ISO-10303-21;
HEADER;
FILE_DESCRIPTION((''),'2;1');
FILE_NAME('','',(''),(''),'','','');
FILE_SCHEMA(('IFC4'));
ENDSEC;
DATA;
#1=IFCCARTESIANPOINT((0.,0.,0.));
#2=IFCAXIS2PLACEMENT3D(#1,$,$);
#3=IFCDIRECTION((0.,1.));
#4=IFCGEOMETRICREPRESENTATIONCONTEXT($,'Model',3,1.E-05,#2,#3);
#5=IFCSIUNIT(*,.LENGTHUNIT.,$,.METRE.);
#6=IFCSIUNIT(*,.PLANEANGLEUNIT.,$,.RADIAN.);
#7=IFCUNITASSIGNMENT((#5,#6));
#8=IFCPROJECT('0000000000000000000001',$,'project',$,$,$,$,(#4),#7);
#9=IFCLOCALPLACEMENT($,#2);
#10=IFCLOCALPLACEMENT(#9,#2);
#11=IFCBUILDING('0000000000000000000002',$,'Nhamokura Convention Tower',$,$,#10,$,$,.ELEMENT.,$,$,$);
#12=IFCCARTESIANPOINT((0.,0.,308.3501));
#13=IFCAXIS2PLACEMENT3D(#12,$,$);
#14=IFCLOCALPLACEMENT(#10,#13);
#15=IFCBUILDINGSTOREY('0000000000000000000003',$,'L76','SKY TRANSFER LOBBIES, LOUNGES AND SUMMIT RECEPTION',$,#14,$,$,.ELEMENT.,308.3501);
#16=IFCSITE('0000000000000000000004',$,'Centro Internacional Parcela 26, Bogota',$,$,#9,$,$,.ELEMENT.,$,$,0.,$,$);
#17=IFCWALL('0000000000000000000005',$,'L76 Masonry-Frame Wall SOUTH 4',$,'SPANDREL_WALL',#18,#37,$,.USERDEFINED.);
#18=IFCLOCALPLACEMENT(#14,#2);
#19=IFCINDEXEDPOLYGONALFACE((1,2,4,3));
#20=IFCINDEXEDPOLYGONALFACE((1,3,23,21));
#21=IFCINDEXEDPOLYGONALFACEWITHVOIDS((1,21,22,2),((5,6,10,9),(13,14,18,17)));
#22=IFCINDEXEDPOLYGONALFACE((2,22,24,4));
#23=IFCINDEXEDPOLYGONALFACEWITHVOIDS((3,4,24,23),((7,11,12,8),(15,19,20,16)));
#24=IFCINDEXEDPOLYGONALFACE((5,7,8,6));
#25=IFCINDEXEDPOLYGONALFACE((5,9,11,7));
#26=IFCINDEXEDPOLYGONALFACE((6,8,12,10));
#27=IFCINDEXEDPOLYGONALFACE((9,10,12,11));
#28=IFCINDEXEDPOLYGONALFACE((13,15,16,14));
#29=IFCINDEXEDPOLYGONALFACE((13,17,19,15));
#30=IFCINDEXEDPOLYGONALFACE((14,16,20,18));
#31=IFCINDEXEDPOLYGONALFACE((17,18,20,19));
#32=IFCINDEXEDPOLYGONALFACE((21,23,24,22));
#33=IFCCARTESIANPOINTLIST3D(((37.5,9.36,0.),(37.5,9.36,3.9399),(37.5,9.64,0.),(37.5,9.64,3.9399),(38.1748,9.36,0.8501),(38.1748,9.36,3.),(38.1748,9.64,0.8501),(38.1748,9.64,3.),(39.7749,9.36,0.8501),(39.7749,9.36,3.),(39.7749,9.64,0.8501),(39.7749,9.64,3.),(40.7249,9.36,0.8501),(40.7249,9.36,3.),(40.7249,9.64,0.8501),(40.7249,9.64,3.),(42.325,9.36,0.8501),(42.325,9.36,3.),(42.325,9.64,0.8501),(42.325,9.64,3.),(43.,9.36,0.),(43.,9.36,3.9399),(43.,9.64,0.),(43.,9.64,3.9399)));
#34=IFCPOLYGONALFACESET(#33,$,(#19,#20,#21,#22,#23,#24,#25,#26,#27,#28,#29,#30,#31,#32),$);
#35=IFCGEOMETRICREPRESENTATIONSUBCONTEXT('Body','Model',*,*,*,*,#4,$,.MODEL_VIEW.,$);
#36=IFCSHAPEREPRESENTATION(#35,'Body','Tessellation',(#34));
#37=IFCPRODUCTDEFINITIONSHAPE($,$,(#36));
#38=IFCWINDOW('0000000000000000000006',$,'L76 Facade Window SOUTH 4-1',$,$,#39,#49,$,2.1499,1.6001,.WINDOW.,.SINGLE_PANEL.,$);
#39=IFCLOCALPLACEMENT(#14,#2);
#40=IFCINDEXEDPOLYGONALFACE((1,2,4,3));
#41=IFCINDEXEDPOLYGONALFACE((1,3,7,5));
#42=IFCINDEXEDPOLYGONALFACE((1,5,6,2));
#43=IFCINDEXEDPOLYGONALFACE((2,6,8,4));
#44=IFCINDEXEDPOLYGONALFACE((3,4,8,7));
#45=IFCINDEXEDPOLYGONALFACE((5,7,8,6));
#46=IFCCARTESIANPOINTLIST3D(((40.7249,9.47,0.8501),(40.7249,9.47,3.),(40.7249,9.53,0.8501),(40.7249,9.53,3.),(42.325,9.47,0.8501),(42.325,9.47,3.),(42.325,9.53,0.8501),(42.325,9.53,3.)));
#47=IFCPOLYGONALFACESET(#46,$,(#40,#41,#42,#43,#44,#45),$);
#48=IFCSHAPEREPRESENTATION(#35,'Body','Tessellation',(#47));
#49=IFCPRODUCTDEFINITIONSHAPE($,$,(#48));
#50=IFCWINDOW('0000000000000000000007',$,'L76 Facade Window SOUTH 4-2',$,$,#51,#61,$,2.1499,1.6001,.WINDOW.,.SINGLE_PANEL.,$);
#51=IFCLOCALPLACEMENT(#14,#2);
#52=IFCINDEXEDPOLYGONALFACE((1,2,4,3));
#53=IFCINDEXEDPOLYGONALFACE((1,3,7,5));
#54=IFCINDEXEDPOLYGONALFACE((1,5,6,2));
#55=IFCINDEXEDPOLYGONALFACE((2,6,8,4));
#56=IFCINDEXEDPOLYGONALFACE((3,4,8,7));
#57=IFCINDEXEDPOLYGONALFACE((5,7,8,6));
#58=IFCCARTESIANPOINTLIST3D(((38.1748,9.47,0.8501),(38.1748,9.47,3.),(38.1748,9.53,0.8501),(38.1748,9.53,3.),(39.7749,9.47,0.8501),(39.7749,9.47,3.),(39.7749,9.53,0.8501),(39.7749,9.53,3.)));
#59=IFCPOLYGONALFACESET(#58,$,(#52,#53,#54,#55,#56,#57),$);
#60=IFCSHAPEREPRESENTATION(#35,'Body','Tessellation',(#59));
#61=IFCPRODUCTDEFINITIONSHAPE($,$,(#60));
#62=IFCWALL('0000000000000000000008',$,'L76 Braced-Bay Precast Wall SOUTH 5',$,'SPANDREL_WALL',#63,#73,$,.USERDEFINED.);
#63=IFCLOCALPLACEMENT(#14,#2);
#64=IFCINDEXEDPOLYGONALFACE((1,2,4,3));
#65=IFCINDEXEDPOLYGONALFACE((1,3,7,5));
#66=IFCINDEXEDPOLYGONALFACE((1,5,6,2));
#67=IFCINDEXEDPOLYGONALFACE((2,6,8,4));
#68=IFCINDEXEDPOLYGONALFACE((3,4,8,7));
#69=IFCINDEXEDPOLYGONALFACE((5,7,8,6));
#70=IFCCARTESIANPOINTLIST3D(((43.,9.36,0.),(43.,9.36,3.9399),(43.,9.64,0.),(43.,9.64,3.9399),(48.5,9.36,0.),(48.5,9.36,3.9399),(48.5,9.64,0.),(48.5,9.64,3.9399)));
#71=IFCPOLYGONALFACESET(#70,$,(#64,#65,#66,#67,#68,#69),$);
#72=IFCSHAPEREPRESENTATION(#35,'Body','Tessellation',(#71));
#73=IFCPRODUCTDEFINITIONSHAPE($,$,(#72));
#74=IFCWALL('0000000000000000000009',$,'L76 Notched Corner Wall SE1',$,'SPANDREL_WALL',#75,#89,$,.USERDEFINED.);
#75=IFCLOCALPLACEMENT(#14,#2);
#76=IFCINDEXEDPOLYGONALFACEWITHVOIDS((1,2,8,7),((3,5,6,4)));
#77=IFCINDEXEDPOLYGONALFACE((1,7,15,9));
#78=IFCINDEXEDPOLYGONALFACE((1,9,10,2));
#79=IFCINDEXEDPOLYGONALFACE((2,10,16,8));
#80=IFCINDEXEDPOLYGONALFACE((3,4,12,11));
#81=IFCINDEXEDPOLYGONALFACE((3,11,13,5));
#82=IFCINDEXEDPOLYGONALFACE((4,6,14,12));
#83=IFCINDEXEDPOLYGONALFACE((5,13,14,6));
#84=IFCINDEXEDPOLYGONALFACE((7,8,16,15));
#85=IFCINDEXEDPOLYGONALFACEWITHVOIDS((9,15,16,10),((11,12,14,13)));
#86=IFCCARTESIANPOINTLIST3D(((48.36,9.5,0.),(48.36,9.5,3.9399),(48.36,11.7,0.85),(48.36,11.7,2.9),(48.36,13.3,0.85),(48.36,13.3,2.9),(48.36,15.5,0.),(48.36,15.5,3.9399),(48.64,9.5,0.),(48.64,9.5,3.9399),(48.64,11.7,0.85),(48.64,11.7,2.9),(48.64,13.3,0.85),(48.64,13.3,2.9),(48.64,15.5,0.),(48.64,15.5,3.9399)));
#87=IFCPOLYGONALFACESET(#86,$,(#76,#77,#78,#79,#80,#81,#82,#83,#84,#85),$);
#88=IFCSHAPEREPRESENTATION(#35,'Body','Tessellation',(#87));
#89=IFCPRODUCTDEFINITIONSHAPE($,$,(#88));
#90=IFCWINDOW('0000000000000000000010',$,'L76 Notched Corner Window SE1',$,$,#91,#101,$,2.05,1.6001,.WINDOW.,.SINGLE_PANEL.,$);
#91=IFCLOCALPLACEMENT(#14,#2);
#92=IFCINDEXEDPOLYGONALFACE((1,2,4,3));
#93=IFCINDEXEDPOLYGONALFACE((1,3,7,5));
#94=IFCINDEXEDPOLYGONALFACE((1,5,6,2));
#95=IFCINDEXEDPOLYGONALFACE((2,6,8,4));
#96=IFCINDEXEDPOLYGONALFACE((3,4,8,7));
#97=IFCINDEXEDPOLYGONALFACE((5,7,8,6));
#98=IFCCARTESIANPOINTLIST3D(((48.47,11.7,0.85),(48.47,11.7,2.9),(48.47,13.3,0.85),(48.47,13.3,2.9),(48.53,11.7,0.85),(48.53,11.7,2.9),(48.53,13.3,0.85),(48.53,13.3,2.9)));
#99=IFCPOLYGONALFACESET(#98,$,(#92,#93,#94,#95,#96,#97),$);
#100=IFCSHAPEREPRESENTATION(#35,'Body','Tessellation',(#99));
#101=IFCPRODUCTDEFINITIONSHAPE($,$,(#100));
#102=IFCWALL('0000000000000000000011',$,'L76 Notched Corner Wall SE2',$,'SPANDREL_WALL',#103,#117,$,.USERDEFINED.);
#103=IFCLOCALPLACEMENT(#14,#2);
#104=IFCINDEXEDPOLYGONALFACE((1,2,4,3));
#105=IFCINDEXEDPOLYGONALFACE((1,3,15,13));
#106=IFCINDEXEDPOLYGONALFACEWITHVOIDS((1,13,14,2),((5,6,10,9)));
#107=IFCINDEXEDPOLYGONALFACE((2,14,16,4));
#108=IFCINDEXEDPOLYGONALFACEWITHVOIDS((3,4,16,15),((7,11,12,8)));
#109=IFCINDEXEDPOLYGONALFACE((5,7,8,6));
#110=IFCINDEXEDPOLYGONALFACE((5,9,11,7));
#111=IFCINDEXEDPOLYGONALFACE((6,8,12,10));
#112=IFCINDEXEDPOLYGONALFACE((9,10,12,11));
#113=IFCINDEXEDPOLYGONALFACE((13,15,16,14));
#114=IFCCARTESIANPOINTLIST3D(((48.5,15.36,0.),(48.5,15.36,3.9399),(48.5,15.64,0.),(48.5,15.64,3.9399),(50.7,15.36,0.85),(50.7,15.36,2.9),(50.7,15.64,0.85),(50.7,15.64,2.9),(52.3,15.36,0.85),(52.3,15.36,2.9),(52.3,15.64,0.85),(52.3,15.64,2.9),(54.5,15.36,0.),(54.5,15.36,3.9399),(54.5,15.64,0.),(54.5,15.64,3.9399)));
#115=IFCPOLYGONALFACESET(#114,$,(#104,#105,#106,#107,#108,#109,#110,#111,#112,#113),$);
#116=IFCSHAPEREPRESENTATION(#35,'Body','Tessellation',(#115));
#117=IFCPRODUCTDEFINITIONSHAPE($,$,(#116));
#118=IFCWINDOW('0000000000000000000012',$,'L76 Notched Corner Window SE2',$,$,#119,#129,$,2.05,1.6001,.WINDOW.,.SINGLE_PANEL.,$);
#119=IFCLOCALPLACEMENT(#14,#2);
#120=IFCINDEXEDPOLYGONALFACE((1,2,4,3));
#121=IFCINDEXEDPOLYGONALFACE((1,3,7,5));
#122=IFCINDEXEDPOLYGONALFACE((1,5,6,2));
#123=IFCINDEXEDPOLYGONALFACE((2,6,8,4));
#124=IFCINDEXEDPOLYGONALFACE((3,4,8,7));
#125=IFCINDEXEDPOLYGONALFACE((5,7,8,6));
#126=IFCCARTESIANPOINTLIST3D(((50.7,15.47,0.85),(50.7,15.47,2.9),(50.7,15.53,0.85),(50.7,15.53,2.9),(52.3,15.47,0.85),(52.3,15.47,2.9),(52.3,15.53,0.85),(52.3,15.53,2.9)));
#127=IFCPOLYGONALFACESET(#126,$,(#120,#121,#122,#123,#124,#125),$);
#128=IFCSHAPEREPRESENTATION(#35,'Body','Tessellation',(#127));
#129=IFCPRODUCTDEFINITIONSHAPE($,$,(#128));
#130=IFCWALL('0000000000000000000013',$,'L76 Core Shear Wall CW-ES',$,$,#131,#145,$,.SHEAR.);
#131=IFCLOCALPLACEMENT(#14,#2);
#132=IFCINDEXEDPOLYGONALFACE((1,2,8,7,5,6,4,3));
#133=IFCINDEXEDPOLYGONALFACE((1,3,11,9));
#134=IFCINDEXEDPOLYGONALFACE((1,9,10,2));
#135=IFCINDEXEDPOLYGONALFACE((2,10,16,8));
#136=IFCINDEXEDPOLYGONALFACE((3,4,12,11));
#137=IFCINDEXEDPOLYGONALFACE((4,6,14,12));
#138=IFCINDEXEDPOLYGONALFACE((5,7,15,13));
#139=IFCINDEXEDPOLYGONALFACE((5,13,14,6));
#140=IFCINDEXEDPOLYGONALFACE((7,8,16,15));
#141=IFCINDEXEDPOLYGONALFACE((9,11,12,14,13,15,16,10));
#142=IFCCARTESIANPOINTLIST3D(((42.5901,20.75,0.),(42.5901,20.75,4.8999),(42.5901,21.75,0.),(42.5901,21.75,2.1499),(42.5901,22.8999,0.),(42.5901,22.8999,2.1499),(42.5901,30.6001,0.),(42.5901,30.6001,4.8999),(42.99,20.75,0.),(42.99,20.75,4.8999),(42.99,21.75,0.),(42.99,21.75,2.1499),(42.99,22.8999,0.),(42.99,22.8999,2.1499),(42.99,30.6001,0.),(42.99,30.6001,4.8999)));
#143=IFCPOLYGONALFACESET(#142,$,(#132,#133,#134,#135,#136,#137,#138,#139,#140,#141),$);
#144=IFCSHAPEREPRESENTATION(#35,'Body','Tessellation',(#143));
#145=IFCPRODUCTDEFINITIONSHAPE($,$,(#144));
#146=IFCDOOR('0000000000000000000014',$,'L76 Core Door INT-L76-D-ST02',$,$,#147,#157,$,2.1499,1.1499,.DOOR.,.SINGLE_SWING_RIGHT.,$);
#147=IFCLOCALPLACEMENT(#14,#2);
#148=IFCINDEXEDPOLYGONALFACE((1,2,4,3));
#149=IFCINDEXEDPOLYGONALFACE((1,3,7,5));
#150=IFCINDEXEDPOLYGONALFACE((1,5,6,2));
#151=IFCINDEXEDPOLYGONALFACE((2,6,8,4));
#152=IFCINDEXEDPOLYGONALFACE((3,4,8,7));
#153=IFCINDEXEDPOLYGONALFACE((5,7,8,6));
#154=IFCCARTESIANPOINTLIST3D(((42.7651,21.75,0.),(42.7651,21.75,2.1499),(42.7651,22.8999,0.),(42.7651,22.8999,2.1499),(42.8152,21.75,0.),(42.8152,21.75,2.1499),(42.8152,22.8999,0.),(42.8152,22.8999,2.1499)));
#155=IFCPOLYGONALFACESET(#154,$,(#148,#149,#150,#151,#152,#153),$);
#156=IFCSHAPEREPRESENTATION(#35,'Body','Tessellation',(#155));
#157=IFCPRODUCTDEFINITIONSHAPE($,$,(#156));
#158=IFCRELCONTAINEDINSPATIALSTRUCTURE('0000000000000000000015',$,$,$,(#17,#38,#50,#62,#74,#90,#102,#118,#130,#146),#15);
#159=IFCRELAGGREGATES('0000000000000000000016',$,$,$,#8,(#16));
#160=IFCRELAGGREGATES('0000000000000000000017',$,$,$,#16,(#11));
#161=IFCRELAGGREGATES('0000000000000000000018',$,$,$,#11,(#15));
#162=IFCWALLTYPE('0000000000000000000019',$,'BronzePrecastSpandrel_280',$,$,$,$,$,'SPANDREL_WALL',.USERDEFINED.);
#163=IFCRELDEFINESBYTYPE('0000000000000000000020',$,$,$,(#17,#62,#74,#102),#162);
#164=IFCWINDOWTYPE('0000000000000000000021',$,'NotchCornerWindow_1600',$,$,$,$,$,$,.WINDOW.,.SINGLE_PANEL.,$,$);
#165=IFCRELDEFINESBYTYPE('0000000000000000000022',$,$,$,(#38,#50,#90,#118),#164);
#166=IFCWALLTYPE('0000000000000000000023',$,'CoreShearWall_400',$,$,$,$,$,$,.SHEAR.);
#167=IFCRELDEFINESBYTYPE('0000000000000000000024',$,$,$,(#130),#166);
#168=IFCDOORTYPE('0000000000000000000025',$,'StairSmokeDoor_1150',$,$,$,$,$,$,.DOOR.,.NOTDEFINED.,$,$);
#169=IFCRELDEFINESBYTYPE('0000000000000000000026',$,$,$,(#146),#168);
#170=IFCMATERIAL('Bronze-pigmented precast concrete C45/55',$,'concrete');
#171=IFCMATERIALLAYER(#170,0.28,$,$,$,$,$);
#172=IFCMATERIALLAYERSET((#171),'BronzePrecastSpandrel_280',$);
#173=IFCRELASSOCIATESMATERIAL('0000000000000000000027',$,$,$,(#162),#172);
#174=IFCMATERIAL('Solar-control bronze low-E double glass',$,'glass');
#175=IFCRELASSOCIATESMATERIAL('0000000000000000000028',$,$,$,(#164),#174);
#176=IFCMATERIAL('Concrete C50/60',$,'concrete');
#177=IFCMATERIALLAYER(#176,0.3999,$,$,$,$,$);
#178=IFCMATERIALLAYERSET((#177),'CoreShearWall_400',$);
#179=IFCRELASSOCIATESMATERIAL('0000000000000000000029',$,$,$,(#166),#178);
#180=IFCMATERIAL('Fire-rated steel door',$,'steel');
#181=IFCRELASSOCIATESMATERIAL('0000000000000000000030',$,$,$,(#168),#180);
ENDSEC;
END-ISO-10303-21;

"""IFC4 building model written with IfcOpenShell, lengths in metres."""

from ifc_helpers import new_model, si_unit, direction, frame, frame_2d, origin, place, context, subcontext, project, spatial, rectangle, extrude, material, layer, layer_set, type_object, element, fill, save


model = new_model("IFC4")

# Units and contexts
model_context = context("Model", 3, precision=1e-05, world=origin(), true_north=direction((0.0, 1.0)))
body_context = subcontext(model_context, "Body", "Model", "MODEL_VIEW")
ifc_project = project(units=[si_unit("LENGTHUNIT", "METRE"), si_unit("PLANEANGLEUNIT", "RADIAN")], contexts=[model_context])

# Site, building, storey
site_placement = place(None, origin())
site = spatial("IfcSite", under=ifc_project, at=site_placement, Name="Centro Internacional Parcela 26, Bogota", CompositionType="ELEMENT", RefElevation=0.0)
building_placement = place(site_placement, origin())
building = spatial("IfcBuilding", under=site, at=building_placement, Name="Nhamokura Convention Tower", CompositionType="ELEMENT")
storey_placement = place(building_placement, frame((0.0, 0.0, 308.3501)))
storey = spatial("IfcBuildingStorey", under=building, at=storey_placement, Name="L76", Description="SKY TRANSFER LOBBIES, LOUNGES AND SUMMIT RECEPTION", CompositionType="ELEMENT", Elevation=308.3501)

# Wall, openings, windows
ifc_material_1 = material(Name="Bronze-pigmented precast concrete C45/55", Category="concrete")
ifc_layer_1 = layer(ifc_material_1, 0.28)
ifc_layer_set_1 = layer_set([ifc_layer_1], Name="BronzePrecastSpandrel_280")
wall_type_1 = type_object("IfcWallType", Name="BronzePrecastSpandrel_280", ElementType="SPANDREL_WALL", PredefinedType="USERDEFINED", material=ifc_layer_set_1)
wall_1_placement = place(storey_placement, frame((43.0, 9.5, 0.0), z_axis=(0.0, 0.0, 1.0), x_axis=(-1.0, 0.0, 0.0)))
wall_1 = element("IfcWall", 1, at=wall_1_placement, inside=storey, type_object=wall_type_1, Name="L76 Masonry-Frame Wall SOUTH 4", ObjectType="SPANDREL_WALL", PredefinedType="USERDEFINED", context=body_context, shape_type="SweptSolid", body=[
    extrude(rectangle(XDim=5.5, YDim=0.28, at=frame_2d((2.75, 0.0))), origin(), (0.0, 0.0, 1.0), 3.9399),
])
opening_1_placement = place(wall_1_placement, frame((0.675, 0.0, 0.8501)))
opening_1 = element("IfcOpeningElement", 2, at=opening_1_placement, cuts=wall_1, PredefinedType="OPENING", context=body_context, shape_type="SweptSolid", body=[
    extrude(rectangle(XDim=1.6001, YDim=2.1499, at=frame_2d((0.8, 1.075))), frame((0.0, 0.1499, 0.0), z_axis=(0.0, -1.0, 0.0), x_axis=(1.0, 0.0, 0.0)), (0.0, 0.0, 1.0), 0.3),
])
opening_2_placement = place(wall_1_placement, frame((3.2251, 0.0, 0.8501)))
opening_2 = element("IfcOpeningElement", 3, at=opening_2_placement, cuts=wall_1, PredefinedType="OPENING", context=body_context, shape_type="SweptSolid", body=[
    extrude(rectangle(XDim=1.6001, YDim=2.1499, at=frame_2d((0.8, 1.075))), frame((0.0, 0.1499, 0.0), z_axis=(0.0, -1.0, 0.0), x_axis=(1.0, 0.0, 0.0)), (0.0, 0.0, 1.0), 0.3),
])
ifc_material_2 = material(Name="Solar-control bronze low-E double glass", Category="glass")
window_type = type_object("IfcWindowType", Name="NotchCornerWindow_1600", PartitioningType="SINGLE_PANEL", PredefinedType="WINDOW", material=ifc_material_2)
window_1_placement = place(opening_1_placement, origin())
window_1 = element("IfcWindow", 4, at=window_1_placement, inside=storey, type_object=window_type, Name="L76 Facade Window SOUTH 4-1", OverallHeight=2.1499, OverallWidth=1.6001, PartitioningType="SINGLE_PANEL", PredefinedType="WINDOW", context=body_context, shape_type="SweptSolid", body=[
    extrude(rectangle(XDim=1.6001, YDim=2.1499, at=frame_2d((0.8, 1.075))), frame((0.0, 0.03, 0.0), z_axis=(0.0, -1.0, 0.0), x_axis=(1.0, 0.0, 0.0)), (0.0, 0.0, 1.0), 0.0601),
])
fill(opening_1, window_1)
window_2_placement = place(opening_2_placement, origin())
window_2 = element("IfcWindow", 5, at=window_2_placement, inside=storey, type_object=window_type, Name="L76 Facade Window SOUTH 4-2", OverallHeight=2.1499, OverallWidth=1.6001, PartitioningType="SINGLE_PANEL", PredefinedType="WINDOW", context=body_context, shape_type="SweptSolid", body=[
    extrude(rectangle(XDim=1.6001, YDim=2.1499, at=frame_2d((0.8, 1.075))), frame((0.0, 0.03, 0.0), z_axis=(0.0, -1.0, 0.0), x_axis=(1.0, 0.0, 0.0)), (0.0, 0.0, 1.0), 0.0601),
])
fill(opening_2, window_2)

# Wall
wall_2_placement = place(storey_placement, frame((48.5, 9.5, 0.0), z_axis=(0.0, 0.0, 1.0), x_axis=(-1.0, 0.0, 0.0)))
element("IfcWall", 6, at=wall_2_placement, inside=storey, type_object=wall_type_1, Name="L76 Braced-Bay Precast Wall SOUTH 5", ObjectType="SPANDREL_WALL", PredefinedType="USERDEFINED", context=body_context, shape_type="SweptSolid", body=[
    extrude(rectangle(XDim=5.5, YDim=0.28, at=frame_2d((2.75, 0.0))), origin(), (0.0, 0.0, 1.0), 3.9399),
])

# Walls, openings, windows
wall_3_placement = place(storey_placement, frame((48.5, 15.5, 0.0), z_axis=(0.0, 0.0, 1.0), x_axis=(0.0, -1.0, 0.0)))
wall_3 = element("IfcWall", 7, at=wall_3_placement, inside=storey, type_object=wall_type_1, Name="L76 Notched Corner Wall SE1", ObjectType="SPANDREL_WALL", PredefinedType="USERDEFINED", context=body_context, shape_type="SweptSolid", body=[
    extrude(rectangle(XDim=6.0, YDim=0.28, at=frame_2d((3.0, 0.0))), origin(), (0.0, 0.0, 1.0), 3.9399),
])
opening_3_placement = place(wall_3_placement, frame((2.2, 0.0, 0.8501)))
opening_3 = element("IfcOpeningElement", 8, at=opening_3_placement, cuts=wall_3, PredefinedType="OPENING", context=body_context, shape_type="SweptSolid", body=[
    extrude(rectangle(XDim=1.6001, YDim=2.05, at=frame_2d((0.8, 1.0249))), frame((0.0, 0.1499, 0.0), z_axis=(0.0, -1.0, 0.0), x_axis=(1.0, 0.0, 0.0)), (0.0, 0.0, 1.0), 0.3),
])
window_3_placement = place(opening_3_placement, origin())
window_3 = element("IfcWindow", 9, at=window_3_placement, inside=storey, type_object=window_type, Name="L76 Notched Corner Window SE1", OverallHeight=2.05, OverallWidth=1.6001, PartitioningType="SINGLE_PANEL", PredefinedType="WINDOW", context=body_context, shape_type="SweptSolid", body=[
    extrude(rectangle(XDim=1.6001, YDim=2.05, at=frame_2d((0.8, 1.0249))), frame((0.0, 0.03, 0.0), z_axis=(0.0, -1.0, 0.0), x_axis=(1.0, 0.0, 0.0)), (0.0, 0.0, 1.0), 0.0601),
])
fill(opening_3, window_3)
wall_4_placement = place(storey_placement, frame((54.5, 15.5, 0.0), z_axis=(0.0, 0.0, 1.0), x_axis=(-1.0, 0.0, 0.0)))
wall_4 = element("IfcWall", 10, at=wall_4_placement, inside=storey, type_object=wall_type_1, Name="L76 Notched Corner Wall SE2", ObjectType="SPANDREL_WALL", PredefinedType="USERDEFINED", context=body_context, shape_type="SweptSolid", body=[
    extrude(rectangle(XDim=6.0, YDim=0.28, at=frame_2d((3.0, 0.0))), origin(), (0.0, 0.0, 1.0), 3.9399),
])
opening_4_placement = place(wall_4_placement, frame((2.2, 0.0, 0.8501)))
opening_4 = element("IfcOpeningElement", 11, at=opening_4_placement, cuts=wall_4, PredefinedType="OPENING", context=body_context, shape_type="SweptSolid", body=[
    extrude(rectangle(XDim=1.6001, YDim=2.05, at=frame_2d((0.8, 1.0249))), frame((0.0, 0.1499, 0.0), z_axis=(0.0, -1.0, 0.0), x_axis=(1.0, 0.0, 0.0)), (0.0, 0.0, 1.0), 0.3),
])
window_4_placement = place(opening_4_placement, origin())
window_4 = element("IfcWindow", 12, at=window_4_placement, inside=storey, type_object=window_type, Name="L76 Notched Corner Window SE2", OverallHeight=2.05, OverallWidth=1.6001, PartitioningType="SINGLE_PANEL", PredefinedType="WINDOW", context=body_context, shape_type="SweptSolid", body=[
    extrude(rectangle(XDim=1.6001, YDim=2.05, at=frame_2d((0.8, 1.0249))), frame((0.0, 0.03, 0.0), z_axis=(0.0, -1.0, 0.0), x_axis=(1.0, 0.0, 0.0)), (0.0, 0.0, 1.0), 0.0601),
])
fill(opening_4, window_4)

# Wall, opening, door
ifc_material_3 = material(Name="Concrete C50/60", Category="concrete")
ifc_layer_2 = layer(ifc_material_3, 0.3999)
ifc_layer_set_2 = layer_set([ifc_layer_2], Name="CoreShearWall_400")
wall_type_2 = type_object("IfcWallType", Name="CoreShearWall_400", PredefinedType="SHEAR", material=ifc_layer_set_2)
wall_5_placement = place(storey_placement, frame((42.79, 20.75, 0.0), z_axis=(0.0, 0.0, 1.0), x_axis=(0.0, 1.0, 0.0)))
wall_5 = element("IfcWall", 13, at=wall_5_placement, inside=storey, type_object=wall_type_2, Name="L76 Core Shear Wall CW-ES", PredefinedType="SHEAR", context=body_context, shape_type="SweptSolid", body=[
    extrude(rectangle(XDim=9.8501, YDim=0.3999, at=frame_2d((4.925, 0.0))), origin(), (0.0, 0.0, 1.0), 4.8999),
])
opening_5_placement = place(wall_5_placement, frame((1.0, 0.0, 0.0)))
opening_5 = element("IfcOpeningElement", 14, at=opening_5_placement, cuts=wall_5, PredefinedType="OPENING", context=body_context, shape_type="SweptSolid", body=[
    extrude(rectangle(XDim=1.1499, YDim=2.1499, at=frame_2d((0.575, 1.075))), frame((0.0, 0.21, 0.0), z_axis=(0.0, -1.0, 0.0), x_axis=(1.0, 0.0, 0.0)), (0.0, 0.0, 1.0), 0.4199),
])
ifc_material_4 = material(Name="Fire-rated steel door", Category="steel")
door_type_1 = type_object("IfcDoorType", Name="StairSmokeDoor_1150", OperationType="NOTDEFINED", PredefinedType="DOOR", material=ifc_material_4)
door_1_placement = place(opening_5_placement, origin())
door_1 = element("IfcDoor", 15, at=door_1_placement, inside=storey, type_object=door_type_1, Name="L76 Core Door INT-L76-D-ST02", OperationType="SINGLE_SWING_RIGHT", OverallHeight=2.1499, OverallWidth=1.1499, PredefinedType="DOOR", context=body_context, shape_type="SweptSolid", body=[
    extrude(rectangle(XDim=1.1499, YDim=2.1499, at=frame_2d((0.575, 1.075))), frame((0.0, 0.0249, 0.0), z_axis=(0.0, -1.0, 0.0), x_axis=(1.0, 0.0, 0.0)), (0.0, 0.0, 1.0), 0.05),
])
fill(opening_5, door_1)

save(model, "model.ifc")
